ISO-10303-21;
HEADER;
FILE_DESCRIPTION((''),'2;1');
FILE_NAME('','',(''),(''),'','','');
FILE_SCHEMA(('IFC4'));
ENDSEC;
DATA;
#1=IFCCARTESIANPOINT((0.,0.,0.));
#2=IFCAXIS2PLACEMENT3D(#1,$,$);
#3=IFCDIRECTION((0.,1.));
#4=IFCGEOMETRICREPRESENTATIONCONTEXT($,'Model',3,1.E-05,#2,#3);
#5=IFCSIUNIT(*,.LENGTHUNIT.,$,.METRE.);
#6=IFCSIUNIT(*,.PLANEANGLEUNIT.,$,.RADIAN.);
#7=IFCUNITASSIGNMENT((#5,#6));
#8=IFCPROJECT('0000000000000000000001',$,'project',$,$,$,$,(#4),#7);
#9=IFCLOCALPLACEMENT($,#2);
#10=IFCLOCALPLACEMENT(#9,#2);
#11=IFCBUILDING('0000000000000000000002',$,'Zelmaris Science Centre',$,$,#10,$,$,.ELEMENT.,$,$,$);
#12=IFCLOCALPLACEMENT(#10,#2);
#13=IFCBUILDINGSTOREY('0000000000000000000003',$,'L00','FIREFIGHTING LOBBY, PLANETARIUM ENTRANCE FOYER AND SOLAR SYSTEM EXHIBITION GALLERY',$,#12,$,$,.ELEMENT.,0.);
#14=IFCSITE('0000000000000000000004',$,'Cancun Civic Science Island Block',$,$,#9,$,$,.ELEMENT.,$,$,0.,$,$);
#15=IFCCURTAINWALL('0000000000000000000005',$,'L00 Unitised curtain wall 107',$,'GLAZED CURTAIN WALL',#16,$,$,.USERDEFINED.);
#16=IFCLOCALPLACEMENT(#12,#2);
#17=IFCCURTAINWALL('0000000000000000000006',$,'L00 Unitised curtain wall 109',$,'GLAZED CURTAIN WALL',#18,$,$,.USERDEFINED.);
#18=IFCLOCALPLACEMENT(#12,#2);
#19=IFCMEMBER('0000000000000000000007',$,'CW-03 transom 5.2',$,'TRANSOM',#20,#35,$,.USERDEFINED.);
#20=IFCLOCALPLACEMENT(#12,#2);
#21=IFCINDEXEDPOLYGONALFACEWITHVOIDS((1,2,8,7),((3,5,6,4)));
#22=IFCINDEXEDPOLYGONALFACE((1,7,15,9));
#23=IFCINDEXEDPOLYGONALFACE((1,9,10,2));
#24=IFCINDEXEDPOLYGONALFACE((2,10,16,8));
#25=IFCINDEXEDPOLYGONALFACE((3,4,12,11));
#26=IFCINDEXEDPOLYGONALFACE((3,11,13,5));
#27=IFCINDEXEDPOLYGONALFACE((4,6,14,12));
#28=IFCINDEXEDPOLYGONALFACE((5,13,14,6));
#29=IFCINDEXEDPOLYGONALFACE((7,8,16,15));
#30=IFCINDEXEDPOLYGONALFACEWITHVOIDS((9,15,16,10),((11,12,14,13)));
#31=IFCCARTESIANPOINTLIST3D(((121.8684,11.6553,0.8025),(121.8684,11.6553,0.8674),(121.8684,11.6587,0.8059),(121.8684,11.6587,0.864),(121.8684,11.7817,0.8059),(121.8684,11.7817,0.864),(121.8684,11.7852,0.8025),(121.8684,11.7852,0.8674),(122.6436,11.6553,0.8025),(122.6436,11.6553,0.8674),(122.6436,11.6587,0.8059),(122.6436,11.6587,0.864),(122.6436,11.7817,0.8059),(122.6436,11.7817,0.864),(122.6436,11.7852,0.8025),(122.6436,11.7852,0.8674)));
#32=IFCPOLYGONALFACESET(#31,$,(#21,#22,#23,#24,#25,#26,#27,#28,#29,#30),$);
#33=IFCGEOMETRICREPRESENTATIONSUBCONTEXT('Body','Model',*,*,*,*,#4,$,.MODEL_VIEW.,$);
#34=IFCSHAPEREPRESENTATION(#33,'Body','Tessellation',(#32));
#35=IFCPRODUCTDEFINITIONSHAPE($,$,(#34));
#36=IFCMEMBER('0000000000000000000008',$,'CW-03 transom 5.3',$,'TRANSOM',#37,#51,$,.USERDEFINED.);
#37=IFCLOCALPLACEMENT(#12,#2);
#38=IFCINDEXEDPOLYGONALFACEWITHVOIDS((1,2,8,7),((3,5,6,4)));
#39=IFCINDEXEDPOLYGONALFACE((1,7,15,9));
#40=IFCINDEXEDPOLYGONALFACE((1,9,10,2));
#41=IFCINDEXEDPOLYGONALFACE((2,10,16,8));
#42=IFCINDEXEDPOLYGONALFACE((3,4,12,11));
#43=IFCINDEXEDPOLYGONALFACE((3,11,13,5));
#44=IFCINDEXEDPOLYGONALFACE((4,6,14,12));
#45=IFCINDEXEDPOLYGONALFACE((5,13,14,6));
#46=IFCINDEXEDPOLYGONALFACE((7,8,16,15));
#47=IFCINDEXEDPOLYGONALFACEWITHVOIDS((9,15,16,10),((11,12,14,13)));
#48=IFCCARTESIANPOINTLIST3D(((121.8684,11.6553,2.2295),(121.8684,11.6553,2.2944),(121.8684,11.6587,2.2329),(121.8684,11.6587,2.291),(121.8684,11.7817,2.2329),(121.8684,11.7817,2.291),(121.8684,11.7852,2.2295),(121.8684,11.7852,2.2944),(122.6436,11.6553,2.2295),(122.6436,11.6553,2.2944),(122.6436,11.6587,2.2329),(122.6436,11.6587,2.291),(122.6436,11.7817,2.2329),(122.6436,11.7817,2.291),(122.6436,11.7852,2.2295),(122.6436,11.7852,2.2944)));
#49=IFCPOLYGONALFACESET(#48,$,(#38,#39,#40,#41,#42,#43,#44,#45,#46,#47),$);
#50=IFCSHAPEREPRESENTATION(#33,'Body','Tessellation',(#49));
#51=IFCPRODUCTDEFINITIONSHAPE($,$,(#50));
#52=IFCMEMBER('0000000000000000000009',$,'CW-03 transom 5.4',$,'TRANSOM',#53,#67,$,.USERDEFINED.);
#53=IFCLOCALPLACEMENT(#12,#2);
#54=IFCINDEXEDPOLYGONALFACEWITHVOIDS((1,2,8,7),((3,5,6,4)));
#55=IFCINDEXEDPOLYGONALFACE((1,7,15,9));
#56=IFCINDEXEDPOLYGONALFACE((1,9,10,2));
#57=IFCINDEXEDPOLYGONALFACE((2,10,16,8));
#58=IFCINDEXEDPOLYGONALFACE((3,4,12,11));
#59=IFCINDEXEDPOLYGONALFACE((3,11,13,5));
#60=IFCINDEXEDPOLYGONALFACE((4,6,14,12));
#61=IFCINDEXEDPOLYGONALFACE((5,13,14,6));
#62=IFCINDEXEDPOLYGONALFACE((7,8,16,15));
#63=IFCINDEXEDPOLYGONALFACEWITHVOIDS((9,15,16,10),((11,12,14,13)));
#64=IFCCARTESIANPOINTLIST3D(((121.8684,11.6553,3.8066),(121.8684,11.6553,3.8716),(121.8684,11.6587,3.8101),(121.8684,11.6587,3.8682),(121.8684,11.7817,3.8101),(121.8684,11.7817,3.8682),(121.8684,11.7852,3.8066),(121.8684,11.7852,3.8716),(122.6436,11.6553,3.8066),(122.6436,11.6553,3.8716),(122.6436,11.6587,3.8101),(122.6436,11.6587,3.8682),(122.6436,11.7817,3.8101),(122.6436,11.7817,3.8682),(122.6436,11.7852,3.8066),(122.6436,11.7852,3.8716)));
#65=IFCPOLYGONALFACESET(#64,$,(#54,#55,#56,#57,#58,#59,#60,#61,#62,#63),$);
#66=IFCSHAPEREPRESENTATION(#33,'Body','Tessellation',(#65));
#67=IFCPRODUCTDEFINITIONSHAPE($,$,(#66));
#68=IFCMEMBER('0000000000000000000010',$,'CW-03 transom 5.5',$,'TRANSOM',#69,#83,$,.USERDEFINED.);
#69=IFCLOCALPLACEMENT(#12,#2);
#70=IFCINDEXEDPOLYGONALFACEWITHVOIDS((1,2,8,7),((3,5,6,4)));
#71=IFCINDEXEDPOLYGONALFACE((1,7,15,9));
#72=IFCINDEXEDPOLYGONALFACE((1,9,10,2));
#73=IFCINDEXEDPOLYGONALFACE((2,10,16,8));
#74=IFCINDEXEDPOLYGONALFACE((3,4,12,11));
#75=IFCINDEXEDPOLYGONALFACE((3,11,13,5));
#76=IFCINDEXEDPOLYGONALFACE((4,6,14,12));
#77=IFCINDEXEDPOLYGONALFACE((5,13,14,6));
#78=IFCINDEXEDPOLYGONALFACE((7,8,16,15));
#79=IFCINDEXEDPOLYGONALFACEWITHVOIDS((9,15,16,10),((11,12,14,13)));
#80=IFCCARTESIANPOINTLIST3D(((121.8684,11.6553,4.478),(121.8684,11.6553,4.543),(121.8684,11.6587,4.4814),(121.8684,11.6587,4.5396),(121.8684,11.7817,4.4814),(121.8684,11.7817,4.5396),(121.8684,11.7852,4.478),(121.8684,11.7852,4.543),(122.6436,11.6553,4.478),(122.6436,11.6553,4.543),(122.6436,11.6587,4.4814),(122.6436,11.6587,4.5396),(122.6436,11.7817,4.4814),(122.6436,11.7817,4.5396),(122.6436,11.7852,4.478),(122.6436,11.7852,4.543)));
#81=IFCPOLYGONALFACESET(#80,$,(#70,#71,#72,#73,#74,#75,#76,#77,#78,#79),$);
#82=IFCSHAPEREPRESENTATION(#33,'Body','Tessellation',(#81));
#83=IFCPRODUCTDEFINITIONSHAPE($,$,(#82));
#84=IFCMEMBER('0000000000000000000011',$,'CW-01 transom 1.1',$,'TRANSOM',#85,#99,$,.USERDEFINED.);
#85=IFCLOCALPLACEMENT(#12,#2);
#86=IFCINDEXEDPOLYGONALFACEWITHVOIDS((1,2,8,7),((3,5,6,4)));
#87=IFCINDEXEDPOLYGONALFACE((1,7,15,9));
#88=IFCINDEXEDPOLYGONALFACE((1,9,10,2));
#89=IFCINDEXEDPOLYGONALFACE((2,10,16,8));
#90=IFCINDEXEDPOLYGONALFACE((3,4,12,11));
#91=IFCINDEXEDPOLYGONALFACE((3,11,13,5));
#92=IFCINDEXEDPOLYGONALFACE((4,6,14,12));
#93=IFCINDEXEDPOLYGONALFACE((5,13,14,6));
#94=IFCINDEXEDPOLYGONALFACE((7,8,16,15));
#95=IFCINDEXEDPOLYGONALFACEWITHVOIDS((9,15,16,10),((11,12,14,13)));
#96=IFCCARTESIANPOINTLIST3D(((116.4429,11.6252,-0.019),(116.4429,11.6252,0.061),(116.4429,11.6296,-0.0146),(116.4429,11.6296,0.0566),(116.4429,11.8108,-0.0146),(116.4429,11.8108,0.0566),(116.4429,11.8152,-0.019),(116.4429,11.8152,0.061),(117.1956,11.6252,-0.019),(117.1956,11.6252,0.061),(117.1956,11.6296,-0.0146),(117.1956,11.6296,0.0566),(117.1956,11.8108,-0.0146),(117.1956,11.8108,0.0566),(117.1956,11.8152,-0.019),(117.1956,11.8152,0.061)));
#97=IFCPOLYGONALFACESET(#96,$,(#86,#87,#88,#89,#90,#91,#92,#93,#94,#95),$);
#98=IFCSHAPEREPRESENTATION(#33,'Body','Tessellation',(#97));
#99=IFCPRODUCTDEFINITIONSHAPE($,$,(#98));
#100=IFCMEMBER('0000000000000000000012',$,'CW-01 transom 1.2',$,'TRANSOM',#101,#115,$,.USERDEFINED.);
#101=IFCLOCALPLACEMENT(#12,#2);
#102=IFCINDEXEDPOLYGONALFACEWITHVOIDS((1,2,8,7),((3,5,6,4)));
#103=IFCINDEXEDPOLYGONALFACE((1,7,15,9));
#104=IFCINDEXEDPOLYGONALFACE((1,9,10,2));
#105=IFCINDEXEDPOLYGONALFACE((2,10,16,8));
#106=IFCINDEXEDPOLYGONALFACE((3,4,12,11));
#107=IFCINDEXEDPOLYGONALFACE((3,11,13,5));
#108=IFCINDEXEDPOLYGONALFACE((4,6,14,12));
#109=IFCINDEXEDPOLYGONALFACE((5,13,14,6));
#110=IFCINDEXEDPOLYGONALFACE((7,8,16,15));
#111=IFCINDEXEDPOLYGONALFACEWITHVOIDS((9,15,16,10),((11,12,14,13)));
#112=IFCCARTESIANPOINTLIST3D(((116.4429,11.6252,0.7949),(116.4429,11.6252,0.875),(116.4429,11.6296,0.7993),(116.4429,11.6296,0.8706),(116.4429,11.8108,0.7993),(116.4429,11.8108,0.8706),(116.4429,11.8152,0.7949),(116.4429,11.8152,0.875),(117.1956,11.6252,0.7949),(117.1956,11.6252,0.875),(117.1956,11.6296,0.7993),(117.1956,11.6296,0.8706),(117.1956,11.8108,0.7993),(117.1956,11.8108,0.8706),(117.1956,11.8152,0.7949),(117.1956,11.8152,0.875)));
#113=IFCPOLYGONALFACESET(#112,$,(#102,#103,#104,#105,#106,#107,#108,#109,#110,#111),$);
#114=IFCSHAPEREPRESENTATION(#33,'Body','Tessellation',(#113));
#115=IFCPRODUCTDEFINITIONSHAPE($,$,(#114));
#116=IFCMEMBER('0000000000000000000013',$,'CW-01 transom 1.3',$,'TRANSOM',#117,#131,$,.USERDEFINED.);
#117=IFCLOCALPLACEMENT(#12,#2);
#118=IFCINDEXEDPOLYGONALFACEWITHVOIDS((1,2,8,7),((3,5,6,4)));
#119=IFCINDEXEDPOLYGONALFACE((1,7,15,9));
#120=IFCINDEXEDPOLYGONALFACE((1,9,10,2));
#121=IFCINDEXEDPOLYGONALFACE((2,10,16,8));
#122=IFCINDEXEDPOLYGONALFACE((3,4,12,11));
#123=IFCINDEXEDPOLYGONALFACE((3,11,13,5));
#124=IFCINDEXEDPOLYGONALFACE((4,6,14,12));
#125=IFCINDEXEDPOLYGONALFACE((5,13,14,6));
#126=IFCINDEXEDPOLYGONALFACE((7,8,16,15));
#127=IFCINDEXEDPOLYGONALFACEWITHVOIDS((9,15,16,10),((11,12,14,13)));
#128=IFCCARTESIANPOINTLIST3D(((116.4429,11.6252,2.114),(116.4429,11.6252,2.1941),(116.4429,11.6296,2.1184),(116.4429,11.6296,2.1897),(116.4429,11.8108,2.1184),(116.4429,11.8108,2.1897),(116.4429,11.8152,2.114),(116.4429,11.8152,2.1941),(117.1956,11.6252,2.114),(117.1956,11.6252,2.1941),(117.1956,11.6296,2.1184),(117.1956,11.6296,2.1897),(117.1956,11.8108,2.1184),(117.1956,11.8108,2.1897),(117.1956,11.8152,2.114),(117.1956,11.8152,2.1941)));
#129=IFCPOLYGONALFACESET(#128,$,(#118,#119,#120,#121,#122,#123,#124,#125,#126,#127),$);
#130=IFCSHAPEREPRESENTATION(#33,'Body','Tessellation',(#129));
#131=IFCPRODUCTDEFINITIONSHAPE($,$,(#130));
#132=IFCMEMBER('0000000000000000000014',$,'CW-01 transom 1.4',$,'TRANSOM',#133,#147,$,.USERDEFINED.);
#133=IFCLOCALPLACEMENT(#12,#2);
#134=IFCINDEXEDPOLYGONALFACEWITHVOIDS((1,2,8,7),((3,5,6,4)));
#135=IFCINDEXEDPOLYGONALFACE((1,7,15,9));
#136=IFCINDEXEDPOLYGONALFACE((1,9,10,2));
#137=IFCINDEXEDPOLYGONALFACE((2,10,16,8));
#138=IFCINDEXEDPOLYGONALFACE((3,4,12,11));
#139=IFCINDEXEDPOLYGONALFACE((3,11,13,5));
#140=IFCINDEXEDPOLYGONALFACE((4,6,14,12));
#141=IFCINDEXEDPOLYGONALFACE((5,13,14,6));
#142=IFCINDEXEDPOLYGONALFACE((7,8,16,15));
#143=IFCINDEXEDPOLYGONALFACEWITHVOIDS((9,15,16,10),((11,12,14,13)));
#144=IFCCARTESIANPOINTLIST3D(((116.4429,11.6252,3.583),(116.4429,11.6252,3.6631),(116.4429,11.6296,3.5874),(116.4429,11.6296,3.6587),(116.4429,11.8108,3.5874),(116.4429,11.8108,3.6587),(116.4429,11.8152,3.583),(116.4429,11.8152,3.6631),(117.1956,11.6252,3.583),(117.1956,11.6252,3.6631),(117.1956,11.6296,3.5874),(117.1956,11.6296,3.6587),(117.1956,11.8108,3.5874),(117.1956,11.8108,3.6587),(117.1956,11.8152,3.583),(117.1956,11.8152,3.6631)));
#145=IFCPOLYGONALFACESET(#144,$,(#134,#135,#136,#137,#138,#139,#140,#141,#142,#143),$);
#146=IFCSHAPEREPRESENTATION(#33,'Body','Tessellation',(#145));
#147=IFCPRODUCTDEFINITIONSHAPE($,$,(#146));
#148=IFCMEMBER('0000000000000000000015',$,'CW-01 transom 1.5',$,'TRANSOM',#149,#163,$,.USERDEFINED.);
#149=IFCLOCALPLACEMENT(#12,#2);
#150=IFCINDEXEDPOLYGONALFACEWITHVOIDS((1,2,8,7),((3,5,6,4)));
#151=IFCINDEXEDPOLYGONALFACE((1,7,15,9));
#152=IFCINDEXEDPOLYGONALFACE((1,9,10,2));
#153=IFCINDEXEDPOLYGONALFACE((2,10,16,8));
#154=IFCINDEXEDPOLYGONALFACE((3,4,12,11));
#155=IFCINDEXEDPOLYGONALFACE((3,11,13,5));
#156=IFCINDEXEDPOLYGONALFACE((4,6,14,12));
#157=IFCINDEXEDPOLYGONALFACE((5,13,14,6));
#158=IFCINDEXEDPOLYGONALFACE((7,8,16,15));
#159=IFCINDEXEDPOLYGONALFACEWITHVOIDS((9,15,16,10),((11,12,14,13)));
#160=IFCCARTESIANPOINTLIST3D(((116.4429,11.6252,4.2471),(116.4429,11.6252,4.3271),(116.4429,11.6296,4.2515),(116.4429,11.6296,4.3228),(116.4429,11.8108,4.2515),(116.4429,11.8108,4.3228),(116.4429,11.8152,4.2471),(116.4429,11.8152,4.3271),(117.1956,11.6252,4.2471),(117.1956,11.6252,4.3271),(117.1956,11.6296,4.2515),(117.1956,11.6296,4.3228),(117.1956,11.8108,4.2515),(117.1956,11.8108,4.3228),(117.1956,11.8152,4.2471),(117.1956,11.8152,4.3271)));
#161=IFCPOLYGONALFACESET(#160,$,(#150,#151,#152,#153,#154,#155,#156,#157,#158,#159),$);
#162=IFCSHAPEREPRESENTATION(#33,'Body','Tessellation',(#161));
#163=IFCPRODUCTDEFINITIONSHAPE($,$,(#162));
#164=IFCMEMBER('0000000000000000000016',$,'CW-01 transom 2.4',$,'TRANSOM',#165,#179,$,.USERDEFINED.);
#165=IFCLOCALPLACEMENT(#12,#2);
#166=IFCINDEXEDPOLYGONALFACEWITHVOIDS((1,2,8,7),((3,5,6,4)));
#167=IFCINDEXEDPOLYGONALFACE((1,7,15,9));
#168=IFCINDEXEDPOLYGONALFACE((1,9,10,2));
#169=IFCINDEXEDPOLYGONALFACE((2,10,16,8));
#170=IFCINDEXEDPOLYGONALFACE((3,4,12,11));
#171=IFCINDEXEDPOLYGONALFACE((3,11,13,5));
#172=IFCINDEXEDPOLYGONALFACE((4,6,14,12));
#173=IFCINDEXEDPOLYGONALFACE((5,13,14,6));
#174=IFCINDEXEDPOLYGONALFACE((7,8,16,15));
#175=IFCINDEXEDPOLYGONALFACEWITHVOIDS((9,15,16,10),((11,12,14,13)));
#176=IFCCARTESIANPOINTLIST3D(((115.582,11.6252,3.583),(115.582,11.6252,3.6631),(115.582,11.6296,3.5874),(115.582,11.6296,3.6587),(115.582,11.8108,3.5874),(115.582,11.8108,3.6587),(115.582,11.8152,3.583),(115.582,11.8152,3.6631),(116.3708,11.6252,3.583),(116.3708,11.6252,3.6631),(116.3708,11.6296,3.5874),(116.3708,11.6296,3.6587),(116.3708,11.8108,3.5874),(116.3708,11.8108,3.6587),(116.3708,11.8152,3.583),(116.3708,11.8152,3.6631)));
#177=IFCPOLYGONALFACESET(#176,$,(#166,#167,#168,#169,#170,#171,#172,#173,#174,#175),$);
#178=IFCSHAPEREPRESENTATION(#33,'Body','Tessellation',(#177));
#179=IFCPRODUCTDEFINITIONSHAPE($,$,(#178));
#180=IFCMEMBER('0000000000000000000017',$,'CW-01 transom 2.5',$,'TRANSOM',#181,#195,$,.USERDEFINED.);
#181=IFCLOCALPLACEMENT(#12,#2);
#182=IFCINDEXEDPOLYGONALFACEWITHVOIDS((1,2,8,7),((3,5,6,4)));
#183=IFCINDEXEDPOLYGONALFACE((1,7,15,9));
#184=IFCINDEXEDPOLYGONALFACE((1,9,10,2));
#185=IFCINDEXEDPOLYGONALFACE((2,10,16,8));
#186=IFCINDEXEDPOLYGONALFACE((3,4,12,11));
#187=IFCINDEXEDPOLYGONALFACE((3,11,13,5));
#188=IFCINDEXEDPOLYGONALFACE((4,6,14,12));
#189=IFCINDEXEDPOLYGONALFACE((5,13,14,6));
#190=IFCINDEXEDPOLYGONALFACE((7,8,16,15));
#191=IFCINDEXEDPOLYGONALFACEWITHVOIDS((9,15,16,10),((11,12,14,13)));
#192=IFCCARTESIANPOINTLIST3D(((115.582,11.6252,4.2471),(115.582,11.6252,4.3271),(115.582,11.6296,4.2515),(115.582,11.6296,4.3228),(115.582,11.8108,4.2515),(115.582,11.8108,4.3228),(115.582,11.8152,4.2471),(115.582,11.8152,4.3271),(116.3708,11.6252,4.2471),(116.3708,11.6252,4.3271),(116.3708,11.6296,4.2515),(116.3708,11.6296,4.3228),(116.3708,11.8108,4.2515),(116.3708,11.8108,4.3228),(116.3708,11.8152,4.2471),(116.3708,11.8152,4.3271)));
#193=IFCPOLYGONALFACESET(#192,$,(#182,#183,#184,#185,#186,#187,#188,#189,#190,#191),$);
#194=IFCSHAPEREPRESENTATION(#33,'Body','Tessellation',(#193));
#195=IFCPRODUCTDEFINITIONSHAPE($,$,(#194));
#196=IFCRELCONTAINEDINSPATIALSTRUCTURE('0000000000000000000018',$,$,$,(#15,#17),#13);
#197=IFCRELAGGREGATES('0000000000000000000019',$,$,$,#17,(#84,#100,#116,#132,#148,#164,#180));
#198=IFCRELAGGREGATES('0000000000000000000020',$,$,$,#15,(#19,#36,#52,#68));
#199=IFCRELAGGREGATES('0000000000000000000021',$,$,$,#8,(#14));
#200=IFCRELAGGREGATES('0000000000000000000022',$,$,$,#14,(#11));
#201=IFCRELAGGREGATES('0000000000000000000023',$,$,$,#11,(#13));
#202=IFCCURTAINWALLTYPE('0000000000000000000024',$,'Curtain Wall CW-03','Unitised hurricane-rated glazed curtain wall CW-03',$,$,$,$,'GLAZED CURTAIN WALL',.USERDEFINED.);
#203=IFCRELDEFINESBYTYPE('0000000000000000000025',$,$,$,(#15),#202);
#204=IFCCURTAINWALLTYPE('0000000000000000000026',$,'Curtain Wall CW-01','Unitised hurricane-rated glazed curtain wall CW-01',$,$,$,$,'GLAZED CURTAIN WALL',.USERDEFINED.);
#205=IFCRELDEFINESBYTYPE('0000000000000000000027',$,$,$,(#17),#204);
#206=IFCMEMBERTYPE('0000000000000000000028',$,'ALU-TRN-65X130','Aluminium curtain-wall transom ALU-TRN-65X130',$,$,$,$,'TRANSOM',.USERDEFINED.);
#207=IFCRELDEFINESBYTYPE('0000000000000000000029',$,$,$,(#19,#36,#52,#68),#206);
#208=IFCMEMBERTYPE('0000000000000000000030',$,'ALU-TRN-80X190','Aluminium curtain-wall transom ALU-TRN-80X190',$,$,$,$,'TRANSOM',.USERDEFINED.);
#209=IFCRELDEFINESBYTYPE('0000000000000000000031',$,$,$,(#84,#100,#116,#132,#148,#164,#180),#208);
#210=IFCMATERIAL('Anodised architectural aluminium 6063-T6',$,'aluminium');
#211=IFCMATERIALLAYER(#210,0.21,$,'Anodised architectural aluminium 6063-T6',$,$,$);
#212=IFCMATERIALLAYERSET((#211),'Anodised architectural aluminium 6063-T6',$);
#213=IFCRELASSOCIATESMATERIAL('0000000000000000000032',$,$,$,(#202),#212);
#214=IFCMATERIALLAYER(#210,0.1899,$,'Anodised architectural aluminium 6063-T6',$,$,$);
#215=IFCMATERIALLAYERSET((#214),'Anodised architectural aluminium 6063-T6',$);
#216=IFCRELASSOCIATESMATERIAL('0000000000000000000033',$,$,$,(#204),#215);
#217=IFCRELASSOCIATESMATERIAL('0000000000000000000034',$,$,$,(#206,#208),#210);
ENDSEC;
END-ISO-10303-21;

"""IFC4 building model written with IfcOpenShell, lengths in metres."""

from ifc_helpers import new_model, si_unit, direction, frame, origin, origin_2d, place, context, subcontext, project, spatial, hollow_rectangle, extrude, material, layer, layer_set, material_profile, profile_set, type_object, element, aggregate, save


model = new_model("IFC4")

# Units and contexts
model_context = context("Model", 3, precision=1e-05, world=origin(), true_north=direction((0.0, 1.0)))
body_context = subcontext(model_context, "Body", "Model", "MODEL_VIEW")
ifc_project = project(units=[si_unit("LENGTHUNIT", "METRE"), si_unit("PLANEANGLEUNIT", "RADIAN")], contexts=[model_context])

# Site, building, storey
site_placement = place(None, origin())
site = spatial("IfcSite", under=ifc_project, at=site_placement, Name="Cancun Civic Science Island Block", CompositionType="ELEMENT", RefElevation=0.0)
building_placement = place(site_placement, origin())
building = spatial("IfcBuilding", under=site, at=building_placement, Name="Zelmaris Science Centre", CompositionType="ELEMENT")
storey_placement = place(building_placement, origin())
storey = spatial("IfcBuildingStorey", under=building, at=storey_placement, Name="L00", Description="FIREFIGHTING LOBBY, PLANETARIUM ENTRANCE FOYER AND SOLAR SYSTEM EXHIBITION GALLERY", CompositionType="ELEMENT", Elevation=0.0)

# Curtain walls
ifc_material_1 = material(Name="Anodised architectural aluminium 6063-T6", Category="aluminium")
ifc_layer_1 = layer(ifc_material_1, 0.21, Name="Anodised architectural aluminium 6063-T6")
ifc_layer_set_1 = layer_set([ifc_layer_1], Name="Anodised architectural aluminium 6063-T6")
curtain_wall_type_1 = type_object("IfcCurtainWallType", Name="Curtain Wall CW-03", Description="Unitised hurricane-rated glazed curtain wall CW-03", ElementType="GLAZED CURTAIN WALL", PredefinedType="USERDEFINED", material=ifc_layer_set_1)
curtain_wall_1_placement = place(storey_placement, origin())
curtain_wall_1 = element("IfcCurtainWall", 1, at=curtain_wall_1_placement, inside=storey, type_object=curtain_wall_type_1, Name="L00 Unitised curtain wall 107", ObjectType="GLAZED CURTAIN WALL", PredefinedType="USERDEFINED")
ifc_layer_2 = layer(ifc_material_1, 0.1899, Name="Anodised architectural aluminium 6063-T6")
ifc_layer_set_2 = layer_set([ifc_layer_2], Name="Anodised architectural aluminium 6063-T6")
curtain_wall_type_2 = type_object("IfcCurtainWallType", Name="Curtain Wall CW-01", Description="Unitised hurricane-rated glazed curtain wall CW-01", ElementType="GLAZED CURTAIN WALL", PredefinedType="USERDEFINED", material=ifc_layer_set_2)
curtain_wall_2_placement = place(storey_placement, origin())
curtain_wall_2 = element("IfcCurtainWall", 2, at=curtain_wall_2_placement, inside=storey, type_object=curtain_wall_type_2, Name="L00 Unitised curtain wall 109", ObjectType="GLAZED CURTAIN WALL", PredefinedType="USERDEFINED")

# Members
ifc_material_profile_1 = material_profile(ifc_material_1, hollow_rectangle(XDim=0.0649, YDim=0.1299, WallThickness=0.0034, at=origin_2d()), Name="ALU-TRN-65X130")
ifc_profile_set_1 = profile_set([ifc_material_profile_1], Name="Anodised architectural aluminium 6063-T6")
member_type_1 = type_object("IfcMemberType", Name="ALU-TRN-65X130", Description="Aluminium curtain-wall transom ALU-TRN-65X130", ElementType="TRANSOM", PredefinedType="USERDEFINED", material=ifc_profile_set_1)
member_1_placement = place(storey_placement, frame((122.6436, 11.7202, 0.835), z_axis=(-1.0, 0.0, 0.0), x_axis=(0.0, 0.0, 1.0)))
member_1 = element("IfcMember", 3, at=member_1_placement, type_object=member_type_1, Name="CW-03 transom 5.2", ObjectType="TRANSOM", PredefinedType="USERDEFINED", context=body_context, shape_type="SweptSolid", body=[
    extrude(hollow_rectangle(XDim=0.0649, YDim=0.1299, WallThickness=0.0034, at=origin_2d()), origin(), (0.0, 0.0, 1.0), 0.7751),
])
member_2_placement = place(storey_placement, frame((122.6436, 11.7202, 2.262), z_axis=(-1.0, 0.0, 0.0), x_axis=(0.0, 0.0, 1.0)))
member_2 = element("IfcMember", 4, at=member_2_placement, type_object=member_type_1, Name="CW-03 transom 5.3", ObjectType="TRANSOM", PredefinedType="USERDEFINED", context=body_context, shape_type="SweptSolid", body=[
    extrude(hollow_rectangle(XDim=0.0649, YDim=0.1299, WallThickness=0.0034, at=origin_2d()), origin(), (0.0, 0.0, 1.0), 0.7751),
])
member_3_placement = place(storey_placement, frame((122.6436, 11.7202, 3.8391), z_axis=(-1.0, 0.0, 0.0), x_axis=(0.0, 0.0, 1.0)))
member_3 = element("IfcMember", 5, at=member_3_placement, type_object=member_type_1, Name="CW-03 transom 5.4", ObjectType="TRANSOM", PredefinedType="USERDEFINED", context=body_context, shape_type="SweptSolid", body=[
    extrude(hollow_rectangle(XDim=0.0649, YDim=0.1299, WallThickness=0.0034, at=origin_2d()), origin(), (0.0, 0.0, 1.0), 0.7751),
])
member_4_placement = place(storey_placement, frame((122.6436, 11.7202, 4.5105), z_axis=(-1.0, 0.0, 0.0), x_axis=(0.0, 0.0, 1.0)))
member_4 = element("IfcMember", 6, at=member_4_placement, type_object=member_type_1, Name="CW-03 transom 5.5", ObjectType="TRANSOM", PredefinedType="USERDEFINED", context=body_context, shape_type="SweptSolid", body=[
    extrude(hollow_rectangle(XDim=0.0649, YDim=0.1299, WallThickness=0.0034, at=origin_2d()), origin(), (0.0, 0.0, 1.0), 0.7751),
])
ifc_material_profile_2 = material_profile(ifc_material_1, hollow_rectangle(XDim=0.0801, YDim=0.1899, WallThickness=0.0044, at=origin_2d()), Name="ALU-TRN-80X190")
ifc_profile_set_2 = profile_set([ifc_material_profile_2], Name="Anodised architectural aluminium 6063-T6")
member_type_2 = type_object("IfcMemberType", Name="ALU-TRN-80X190", Description="Aluminium curtain-wall transom ALU-TRN-80X190", ElementType="TRANSOM", PredefinedType="USERDEFINED", material=ifc_profile_set_2)
member_5_placement = place(storey_placement, frame((117.1956, 11.7202, 0.021), z_axis=(-1.0, 0.0, 0.0), x_axis=(0.0, 0.0, 1.0)))
member_5 = element("IfcMember", 7, at=member_5_placement, type_object=member_type_2, Name="CW-01 transom 1.1", ObjectType="TRANSOM", PredefinedType="USERDEFINED", context=body_context, shape_type="SweptSolid", body=[
    extrude(hollow_rectangle(XDim=0.0801, YDim=0.1899, WallThickness=0.0044, at=origin_2d()), origin(), (0.0, 0.0, 1.0), 0.7527),
])
member_6_placement = place(storey_placement, frame((117.1956, 11.7202, 0.835), z_axis=(-1.0, 0.0, 0.0), x_axis=(0.0, 0.0, 1.0)))
member_6 = element("IfcMember", 8, at=member_6_placement, type_object=member_type_2, Name="CW-01 transom 1.2", ObjectType="TRANSOM", PredefinedType="USERDEFINED", context=body_context, shape_type="SweptSolid", body=[
    extrude(hollow_rectangle(XDim=0.0801, YDim=0.1899, WallThickness=0.0044, at=origin_2d()), origin(), (0.0, 0.0, 1.0), 0.7527),
])
member_7_placement = place(storey_placement, frame((117.1956, 11.7202, 2.1541), z_axis=(-1.0, 0.0, 0.0), x_axis=(0.0, 0.0, 1.0)))
member_7 = element("IfcMember", 9, at=member_7_placement, type_object=member_type_2, Name="CW-01 transom 1.3", ObjectType="TRANSOM", PredefinedType="USERDEFINED", context=body_context, shape_type="SweptSolid", body=[
    extrude(hollow_rectangle(XDim=0.0801, YDim=0.1899, WallThickness=0.0044, at=origin_2d()), origin(), (0.0, 0.0, 1.0), 0.7527),
])
member_8_placement = place(storey_placement, frame((117.1956, 11.7202, 3.623), z_axis=(-1.0, 0.0, 0.0), x_axis=(0.0, 0.0, 1.0)))
member_8 = element("IfcMember", 10, at=member_8_placement, type_object=member_type_2, Name="CW-01 transom 1.4", ObjectType="TRANSOM", PredefinedType="USERDEFINED", context=body_context, shape_type="SweptSolid", body=[
    extrude(hollow_rectangle(XDim=0.0801, YDim=0.1899, WallThickness=0.0044, at=origin_2d()), origin(), (0.0, 0.0, 1.0), 0.7527),
])
member_9_placement = place(storey_placement, frame((117.1956, 11.7202, 4.2871), z_axis=(-1.0, 0.0, 0.0), x_axis=(0.0, 0.0, 1.0)))
member_9 = element("IfcMember", 11, at=member_9_placement, type_object=member_type_2, Name="CW-01 transom 1.5", ObjectType="TRANSOM", PredefinedType="USERDEFINED", context=body_context, shape_type="SweptSolid", body=[
    extrude(hollow_rectangle(XDim=0.0801, YDim=0.1899, WallThickness=0.0044, at=origin_2d()), origin(), (0.0, 0.0, 1.0), 0.7527),
])
member_10_placement = place(storey_placement, frame((116.3708, 11.7202, 3.623), z_axis=(-1.0, 0.0, 0.0), x_axis=(0.0, 0.0, 1.0)))
member_10 = element("IfcMember", 12, at=member_10_placement, type_object=member_type_2, Name="CW-01 transom 2.4", ObjectType="TRANSOM", PredefinedType="USERDEFINED", context=body_context, shape_type="SweptSolid", body=[
    extrude(hollow_rectangle(XDim=0.0801, YDim=0.1899, WallThickness=0.0044, at=origin_2d()), origin(), (0.0, 0.0, 1.0), 0.7888),
])
member_11_placement = place(storey_placement, frame((116.3708, 11.7202, 4.2871), z_axis=(-1.0, 0.0, 0.0), x_axis=(0.0, 0.0, 1.0)))
member_11 = element("IfcMember", 13, at=member_11_placement, type_object=member_type_2, Name="CW-01 transom 2.5", ObjectType="TRANSOM", PredefinedType="USERDEFINED", context=body_context, shape_type="SweptSolid", body=[
    extrude(hollow_rectangle(XDim=0.0801, YDim=0.1899, WallThickness=0.0044, at=origin_2d()), origin(), (0.0, 0.0, 1.0), 0.7888),
])

aggregate(curtain_wall_2, [member_5, member_6, member_7, member_8, member_9, member_10, member_11])
aggregate(curtain_wall_1, [member_1, member_2, member_3, member_4])

save(model, "model.ifc")
